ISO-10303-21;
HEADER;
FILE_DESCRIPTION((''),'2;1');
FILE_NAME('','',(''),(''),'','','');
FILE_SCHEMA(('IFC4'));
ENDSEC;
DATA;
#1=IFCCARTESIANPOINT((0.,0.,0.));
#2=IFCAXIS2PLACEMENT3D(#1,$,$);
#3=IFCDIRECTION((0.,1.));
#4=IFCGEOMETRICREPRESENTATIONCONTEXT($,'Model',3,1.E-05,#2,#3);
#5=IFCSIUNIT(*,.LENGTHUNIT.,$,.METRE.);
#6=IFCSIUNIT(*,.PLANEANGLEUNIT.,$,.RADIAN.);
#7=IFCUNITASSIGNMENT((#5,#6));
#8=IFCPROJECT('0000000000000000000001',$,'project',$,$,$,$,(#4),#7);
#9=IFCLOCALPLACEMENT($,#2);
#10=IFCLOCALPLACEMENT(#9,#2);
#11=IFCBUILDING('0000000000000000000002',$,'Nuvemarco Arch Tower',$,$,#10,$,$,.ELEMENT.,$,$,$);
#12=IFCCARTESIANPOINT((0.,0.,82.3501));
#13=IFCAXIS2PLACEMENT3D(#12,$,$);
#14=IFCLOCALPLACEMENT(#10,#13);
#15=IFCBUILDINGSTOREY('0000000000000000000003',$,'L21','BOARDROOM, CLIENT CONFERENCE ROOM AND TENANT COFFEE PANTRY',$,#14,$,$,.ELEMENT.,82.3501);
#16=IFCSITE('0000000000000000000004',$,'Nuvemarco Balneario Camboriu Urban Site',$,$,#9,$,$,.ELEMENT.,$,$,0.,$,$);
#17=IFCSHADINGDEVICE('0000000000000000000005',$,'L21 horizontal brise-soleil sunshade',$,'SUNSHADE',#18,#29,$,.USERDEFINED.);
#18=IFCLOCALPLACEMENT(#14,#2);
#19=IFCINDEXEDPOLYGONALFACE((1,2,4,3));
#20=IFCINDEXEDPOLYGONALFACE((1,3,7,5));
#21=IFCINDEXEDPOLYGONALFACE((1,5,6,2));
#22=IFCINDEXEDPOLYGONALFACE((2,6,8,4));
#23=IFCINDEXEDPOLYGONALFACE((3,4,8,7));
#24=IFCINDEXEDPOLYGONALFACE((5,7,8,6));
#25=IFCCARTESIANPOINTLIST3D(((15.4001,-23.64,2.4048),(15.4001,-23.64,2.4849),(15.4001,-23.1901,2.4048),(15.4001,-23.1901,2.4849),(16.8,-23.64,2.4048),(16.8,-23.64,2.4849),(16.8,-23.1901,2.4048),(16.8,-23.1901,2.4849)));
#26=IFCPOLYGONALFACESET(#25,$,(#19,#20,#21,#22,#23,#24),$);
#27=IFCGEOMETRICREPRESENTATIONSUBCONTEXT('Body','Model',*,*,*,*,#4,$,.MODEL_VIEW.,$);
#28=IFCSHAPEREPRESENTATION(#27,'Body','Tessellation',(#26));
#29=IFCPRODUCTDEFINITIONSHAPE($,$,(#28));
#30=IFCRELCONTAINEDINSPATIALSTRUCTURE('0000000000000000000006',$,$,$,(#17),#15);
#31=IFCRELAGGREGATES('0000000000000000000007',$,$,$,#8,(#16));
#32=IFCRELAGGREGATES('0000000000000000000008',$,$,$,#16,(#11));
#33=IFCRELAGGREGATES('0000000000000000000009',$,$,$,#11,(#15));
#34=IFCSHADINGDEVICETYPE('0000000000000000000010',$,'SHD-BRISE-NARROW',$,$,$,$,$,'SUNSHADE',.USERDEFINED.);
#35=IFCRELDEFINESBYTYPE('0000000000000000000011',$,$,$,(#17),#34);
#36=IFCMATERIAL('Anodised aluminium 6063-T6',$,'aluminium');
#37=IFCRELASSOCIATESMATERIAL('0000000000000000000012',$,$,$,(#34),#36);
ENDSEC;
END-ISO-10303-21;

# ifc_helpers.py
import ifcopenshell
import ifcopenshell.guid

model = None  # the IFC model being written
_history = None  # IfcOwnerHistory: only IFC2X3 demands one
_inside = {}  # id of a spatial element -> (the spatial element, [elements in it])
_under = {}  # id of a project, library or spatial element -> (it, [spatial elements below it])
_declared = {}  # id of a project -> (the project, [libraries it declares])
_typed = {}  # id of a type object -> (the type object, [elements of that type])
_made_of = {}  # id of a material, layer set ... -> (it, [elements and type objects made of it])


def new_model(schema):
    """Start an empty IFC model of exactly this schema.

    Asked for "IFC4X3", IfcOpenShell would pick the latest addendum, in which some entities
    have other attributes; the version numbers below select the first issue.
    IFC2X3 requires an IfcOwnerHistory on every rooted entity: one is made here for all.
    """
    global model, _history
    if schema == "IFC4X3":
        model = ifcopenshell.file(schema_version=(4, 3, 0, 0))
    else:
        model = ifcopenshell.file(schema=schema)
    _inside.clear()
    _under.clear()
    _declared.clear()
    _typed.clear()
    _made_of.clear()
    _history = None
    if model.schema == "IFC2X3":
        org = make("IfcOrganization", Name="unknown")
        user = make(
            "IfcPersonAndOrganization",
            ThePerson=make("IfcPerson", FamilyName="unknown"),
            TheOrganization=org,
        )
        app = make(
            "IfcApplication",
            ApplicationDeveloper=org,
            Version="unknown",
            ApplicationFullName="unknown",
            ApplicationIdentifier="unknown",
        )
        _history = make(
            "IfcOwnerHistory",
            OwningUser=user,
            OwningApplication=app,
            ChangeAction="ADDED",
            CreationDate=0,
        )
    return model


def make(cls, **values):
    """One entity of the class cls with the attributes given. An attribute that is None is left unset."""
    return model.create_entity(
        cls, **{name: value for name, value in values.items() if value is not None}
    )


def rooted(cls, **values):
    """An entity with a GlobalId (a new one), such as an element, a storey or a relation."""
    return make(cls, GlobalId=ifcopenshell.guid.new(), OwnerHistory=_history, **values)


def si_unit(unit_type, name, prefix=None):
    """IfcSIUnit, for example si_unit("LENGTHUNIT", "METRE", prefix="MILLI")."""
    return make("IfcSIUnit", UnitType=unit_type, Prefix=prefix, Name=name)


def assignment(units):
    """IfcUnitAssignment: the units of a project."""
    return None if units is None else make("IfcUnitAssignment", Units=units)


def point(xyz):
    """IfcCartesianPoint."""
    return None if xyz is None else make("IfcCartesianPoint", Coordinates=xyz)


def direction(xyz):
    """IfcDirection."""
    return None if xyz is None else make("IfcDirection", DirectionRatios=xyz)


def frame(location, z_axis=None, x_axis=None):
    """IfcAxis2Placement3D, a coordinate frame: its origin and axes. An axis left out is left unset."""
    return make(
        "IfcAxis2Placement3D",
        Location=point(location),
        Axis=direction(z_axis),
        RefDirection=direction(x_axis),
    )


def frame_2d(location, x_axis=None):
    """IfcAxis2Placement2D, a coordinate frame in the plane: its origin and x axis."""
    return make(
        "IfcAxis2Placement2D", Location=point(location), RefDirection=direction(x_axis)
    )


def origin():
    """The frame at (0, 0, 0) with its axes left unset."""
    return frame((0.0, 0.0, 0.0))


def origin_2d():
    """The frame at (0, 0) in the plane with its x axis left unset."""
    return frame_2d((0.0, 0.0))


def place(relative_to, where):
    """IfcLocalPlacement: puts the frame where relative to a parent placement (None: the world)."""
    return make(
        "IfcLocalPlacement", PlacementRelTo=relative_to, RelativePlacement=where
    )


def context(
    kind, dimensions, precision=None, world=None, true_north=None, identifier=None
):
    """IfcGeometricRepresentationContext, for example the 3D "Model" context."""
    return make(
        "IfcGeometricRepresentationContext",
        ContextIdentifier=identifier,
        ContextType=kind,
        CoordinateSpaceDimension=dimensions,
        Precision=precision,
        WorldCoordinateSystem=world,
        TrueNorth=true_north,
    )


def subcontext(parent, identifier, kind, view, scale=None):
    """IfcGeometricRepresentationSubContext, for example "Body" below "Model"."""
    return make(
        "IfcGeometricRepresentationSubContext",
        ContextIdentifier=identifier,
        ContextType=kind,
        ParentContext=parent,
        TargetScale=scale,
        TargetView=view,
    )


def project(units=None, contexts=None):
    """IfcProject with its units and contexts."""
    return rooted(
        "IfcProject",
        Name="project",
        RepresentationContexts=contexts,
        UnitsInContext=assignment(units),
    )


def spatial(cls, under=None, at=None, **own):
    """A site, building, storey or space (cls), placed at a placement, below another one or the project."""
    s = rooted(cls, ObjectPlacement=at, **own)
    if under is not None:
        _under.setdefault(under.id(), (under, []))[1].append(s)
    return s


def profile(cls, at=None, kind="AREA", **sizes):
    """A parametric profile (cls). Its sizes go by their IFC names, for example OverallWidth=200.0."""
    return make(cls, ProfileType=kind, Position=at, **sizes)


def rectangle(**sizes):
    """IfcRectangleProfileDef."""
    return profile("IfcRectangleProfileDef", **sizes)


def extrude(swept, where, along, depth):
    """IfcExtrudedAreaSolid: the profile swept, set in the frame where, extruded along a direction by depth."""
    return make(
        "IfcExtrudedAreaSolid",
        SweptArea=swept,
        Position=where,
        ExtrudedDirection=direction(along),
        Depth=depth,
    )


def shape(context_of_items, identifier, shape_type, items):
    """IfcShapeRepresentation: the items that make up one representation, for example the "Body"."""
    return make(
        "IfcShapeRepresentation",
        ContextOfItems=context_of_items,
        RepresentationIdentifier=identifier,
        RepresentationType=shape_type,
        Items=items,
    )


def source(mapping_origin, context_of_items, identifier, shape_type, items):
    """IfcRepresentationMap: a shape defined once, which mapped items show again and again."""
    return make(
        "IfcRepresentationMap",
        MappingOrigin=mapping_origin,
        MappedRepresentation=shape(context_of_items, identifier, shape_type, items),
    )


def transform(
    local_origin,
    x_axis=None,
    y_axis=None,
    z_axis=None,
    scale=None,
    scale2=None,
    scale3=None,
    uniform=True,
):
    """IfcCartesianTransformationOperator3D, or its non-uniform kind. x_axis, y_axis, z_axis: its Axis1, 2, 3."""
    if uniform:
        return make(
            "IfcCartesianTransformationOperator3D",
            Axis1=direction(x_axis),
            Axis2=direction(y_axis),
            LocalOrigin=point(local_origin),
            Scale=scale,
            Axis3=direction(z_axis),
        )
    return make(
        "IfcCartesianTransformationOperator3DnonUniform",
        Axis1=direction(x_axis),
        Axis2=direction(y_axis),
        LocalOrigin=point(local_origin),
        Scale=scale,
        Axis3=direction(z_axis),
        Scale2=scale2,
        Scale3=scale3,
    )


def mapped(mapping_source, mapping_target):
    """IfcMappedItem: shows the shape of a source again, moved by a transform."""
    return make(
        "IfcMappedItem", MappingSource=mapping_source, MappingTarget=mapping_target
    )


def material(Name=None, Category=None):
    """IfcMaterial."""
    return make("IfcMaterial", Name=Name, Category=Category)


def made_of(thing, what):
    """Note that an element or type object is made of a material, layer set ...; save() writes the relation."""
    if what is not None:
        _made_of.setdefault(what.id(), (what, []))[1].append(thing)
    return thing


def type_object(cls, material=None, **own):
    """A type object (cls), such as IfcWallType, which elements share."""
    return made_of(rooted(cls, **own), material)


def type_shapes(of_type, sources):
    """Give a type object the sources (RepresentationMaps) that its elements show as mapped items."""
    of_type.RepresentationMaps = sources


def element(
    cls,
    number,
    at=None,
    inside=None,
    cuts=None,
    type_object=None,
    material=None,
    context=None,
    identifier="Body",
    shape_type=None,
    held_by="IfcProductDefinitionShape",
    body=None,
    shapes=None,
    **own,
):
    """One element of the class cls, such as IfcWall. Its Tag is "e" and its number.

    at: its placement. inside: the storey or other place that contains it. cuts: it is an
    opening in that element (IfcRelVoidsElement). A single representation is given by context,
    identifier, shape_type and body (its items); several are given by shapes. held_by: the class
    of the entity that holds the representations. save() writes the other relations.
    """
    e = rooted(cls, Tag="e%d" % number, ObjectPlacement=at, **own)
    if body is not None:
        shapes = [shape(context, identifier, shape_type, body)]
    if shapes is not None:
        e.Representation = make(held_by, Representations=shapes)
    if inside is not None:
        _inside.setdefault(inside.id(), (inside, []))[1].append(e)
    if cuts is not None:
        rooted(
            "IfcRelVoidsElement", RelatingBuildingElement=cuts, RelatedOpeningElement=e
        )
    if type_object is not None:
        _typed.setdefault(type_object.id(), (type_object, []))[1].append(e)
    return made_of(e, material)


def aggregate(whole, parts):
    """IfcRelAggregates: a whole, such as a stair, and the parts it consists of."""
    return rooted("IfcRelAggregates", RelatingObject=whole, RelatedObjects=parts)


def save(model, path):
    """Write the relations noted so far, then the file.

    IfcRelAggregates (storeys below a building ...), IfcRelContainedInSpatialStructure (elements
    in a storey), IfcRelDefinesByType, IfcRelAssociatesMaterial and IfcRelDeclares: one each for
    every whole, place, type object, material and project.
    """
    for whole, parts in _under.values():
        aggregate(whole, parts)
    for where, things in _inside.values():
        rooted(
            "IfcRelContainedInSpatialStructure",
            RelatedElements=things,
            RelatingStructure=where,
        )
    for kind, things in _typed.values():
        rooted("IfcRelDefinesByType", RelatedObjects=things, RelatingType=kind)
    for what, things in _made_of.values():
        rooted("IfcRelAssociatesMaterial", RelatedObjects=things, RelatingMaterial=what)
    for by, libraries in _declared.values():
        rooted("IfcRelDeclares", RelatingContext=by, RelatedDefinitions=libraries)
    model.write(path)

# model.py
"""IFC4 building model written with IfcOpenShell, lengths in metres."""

from ifc_helpers import new_model, si_unit, direction, frame, origin, origin_2d, place, context, subcontext, project, spatial, rectangle, extrude, source, transform, mapped, material, type_object, type_shapes, element, save


model = new_model("IFC4")

# Units and contexts
model_context = context("Model", 3, precision=1e-05, world=origin(), true_north=direction((0.0, 1.0)))
body_context = subcontext(model_context, "Body", "Model", "MODEL_VIEW")
ifc_project = project(units=[si_unit("LENGTHUNIT", "METRE"), si_unit("PLANEANGLEUNIT", "RADIAN")], contexts=[model_context])

# Site, building, storey
site_placement = place(None, origin())
site = spatial("IfcSite", under=ifc_project, at=site_placement, Name="Nuvemarco Balneario Camboriu Urban Site", CompositionType="ELEMENT", RefElevation=0.0)
building_placement = place(site_placement, origin())
building = spatial("IfcBuilding", under=site, at=building_placement, Name="Nuvemarco Arch Tower", CompositionType="ELEMENT")
storey_placement = place(building_placement, frame((0.0, 0.0, 82.3501)))
storey = spatial("IfcBuildingStorey", under=building, at=storey_placement, Name="L21", Description="BOARDROOM, CLIENT CONFERENCE ROOM AND TENANT COFFEE PANTRY", CompositionType="ELEMENT", Elevation=82.3501)

# Shading device
ifc_material_1 = material(Name="Anodised aluminium 6063-T6", Category="aluminium")
shading_device_type = type_object("IfcShadingDeviceType", Name="SHD-BRISE-NARROW", ElementType="SUNSHADE", PredefinedType="USERDEFINED", material=ifc_material_1)
shared_shape_1 = source(origin(), body_context, "Body", "SweptSolid", [
    extrude(rectangle(XDim=1.3999, YDim=0.45, at=origin_2d()), origin(), (0.0, 0.0, 1.0), 0.0801),
])
type_shapes(shading_device_type, [shared_shape_1])
for number, where, z_axis, x_axis, name in (
    (1, (16.1001, -23.415, 2.4048), (0.0, 0.0, 1.0), (1.0, 0.0, 0.0), "L21 horizontal brise-soleil sunshade"),
):
    element("IfcShadingDevice", number, at=place(storey_placement, frame(where, z_axis=z_axis, x_axis=x_axis)), inside=storey, type_object=shading_device_type, Name=name, ObjectType="SUNSHADE", PredefinedType="USERDEFINED", context=body_context, shape_type="MappedRepresentation", body=[
        mapped(shared_shape_1, transform((0.0, 0.0, 0.0), scale=1.0)),
    ])

save(model, "model.ifc")
